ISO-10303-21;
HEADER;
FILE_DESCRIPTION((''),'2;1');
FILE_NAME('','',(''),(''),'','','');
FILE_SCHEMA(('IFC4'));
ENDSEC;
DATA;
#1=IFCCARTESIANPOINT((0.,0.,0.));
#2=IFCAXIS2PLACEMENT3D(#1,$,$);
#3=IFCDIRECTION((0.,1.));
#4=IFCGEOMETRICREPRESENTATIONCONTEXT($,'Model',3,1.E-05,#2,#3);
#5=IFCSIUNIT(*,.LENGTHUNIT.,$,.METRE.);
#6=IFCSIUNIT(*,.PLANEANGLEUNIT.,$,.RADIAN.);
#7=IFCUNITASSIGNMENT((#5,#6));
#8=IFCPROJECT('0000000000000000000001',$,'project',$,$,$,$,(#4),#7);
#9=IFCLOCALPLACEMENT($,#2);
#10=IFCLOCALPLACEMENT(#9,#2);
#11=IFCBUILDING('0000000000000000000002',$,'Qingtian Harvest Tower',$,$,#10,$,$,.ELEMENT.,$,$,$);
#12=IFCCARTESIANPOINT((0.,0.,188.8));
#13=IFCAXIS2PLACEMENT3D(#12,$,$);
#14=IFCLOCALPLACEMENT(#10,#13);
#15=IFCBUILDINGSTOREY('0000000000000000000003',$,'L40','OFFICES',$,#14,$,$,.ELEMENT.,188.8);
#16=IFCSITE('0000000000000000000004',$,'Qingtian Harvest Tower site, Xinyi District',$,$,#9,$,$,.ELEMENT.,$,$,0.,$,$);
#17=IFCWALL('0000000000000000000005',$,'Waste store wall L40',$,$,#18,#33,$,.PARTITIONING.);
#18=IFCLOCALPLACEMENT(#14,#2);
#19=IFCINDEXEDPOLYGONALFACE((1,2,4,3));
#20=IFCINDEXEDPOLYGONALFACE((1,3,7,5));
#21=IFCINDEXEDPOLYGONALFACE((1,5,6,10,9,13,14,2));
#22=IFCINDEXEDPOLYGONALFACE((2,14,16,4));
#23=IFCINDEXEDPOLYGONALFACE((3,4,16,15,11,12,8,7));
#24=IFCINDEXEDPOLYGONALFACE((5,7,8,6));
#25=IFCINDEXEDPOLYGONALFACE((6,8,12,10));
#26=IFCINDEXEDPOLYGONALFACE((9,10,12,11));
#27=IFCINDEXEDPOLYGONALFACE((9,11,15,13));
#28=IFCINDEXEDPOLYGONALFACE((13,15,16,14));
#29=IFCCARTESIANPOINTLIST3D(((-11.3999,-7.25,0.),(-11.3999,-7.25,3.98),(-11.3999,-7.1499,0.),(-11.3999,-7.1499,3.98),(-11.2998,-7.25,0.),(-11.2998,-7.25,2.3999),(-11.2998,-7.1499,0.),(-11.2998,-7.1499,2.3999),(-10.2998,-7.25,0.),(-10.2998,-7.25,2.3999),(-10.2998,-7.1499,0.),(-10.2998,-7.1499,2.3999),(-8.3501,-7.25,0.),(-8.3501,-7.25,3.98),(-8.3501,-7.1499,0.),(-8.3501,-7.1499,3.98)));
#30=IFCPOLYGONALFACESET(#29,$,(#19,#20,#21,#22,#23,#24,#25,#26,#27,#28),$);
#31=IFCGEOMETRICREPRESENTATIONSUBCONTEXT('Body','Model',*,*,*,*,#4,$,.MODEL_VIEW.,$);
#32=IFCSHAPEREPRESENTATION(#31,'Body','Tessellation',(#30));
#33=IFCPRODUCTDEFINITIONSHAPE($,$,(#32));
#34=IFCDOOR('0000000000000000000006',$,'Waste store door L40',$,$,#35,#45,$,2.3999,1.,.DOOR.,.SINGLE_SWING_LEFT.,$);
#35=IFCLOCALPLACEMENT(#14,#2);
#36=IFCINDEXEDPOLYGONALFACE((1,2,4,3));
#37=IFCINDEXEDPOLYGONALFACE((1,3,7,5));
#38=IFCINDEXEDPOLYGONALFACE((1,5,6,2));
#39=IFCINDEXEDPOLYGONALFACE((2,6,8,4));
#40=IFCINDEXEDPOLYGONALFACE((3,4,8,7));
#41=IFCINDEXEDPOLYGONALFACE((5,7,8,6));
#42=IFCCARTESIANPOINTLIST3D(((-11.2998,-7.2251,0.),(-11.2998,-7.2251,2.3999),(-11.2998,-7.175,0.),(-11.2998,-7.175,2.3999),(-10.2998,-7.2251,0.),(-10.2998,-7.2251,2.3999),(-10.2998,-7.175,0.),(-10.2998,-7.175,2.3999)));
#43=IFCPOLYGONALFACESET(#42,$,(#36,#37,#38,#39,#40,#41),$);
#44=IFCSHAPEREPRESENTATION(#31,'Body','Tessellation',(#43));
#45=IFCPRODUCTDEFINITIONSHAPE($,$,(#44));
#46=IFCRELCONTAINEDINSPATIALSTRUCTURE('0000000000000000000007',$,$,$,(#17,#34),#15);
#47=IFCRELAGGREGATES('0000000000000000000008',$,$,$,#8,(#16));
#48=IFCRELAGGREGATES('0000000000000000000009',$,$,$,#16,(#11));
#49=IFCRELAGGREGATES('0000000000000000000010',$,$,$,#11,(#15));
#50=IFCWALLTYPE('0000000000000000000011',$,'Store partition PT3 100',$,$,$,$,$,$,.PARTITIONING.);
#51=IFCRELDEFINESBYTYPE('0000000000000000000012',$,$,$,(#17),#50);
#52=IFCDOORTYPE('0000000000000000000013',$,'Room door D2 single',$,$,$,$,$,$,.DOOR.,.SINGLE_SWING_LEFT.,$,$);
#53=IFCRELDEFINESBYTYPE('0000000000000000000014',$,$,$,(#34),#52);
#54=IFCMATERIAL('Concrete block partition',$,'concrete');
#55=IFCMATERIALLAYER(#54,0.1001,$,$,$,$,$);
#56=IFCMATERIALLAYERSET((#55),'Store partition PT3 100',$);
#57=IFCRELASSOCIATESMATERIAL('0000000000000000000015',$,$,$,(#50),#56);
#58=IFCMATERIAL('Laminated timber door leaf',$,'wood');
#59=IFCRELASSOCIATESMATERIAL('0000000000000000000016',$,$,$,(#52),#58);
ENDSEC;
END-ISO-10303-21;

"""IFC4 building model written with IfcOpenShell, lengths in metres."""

from ifc_helpers import new_model, si_unit, direction, frame, frame_2d, origin, place, context, subcontext, project, spatial, rectangle, extrude, material, layer, layer_set, type_object, element, fill, save


model = new_model("IFC4")

# Units and contexts
model_context = context("Model", 3, precision=1e-05, world=origin(), true_north=direction((0.0, 1.0)))
body_context = subcontext(model_context, "Body", "Model", "MODEL_VIEW")
ifc_project = project(units=[si_unit("LENGTHUNIT", "METRE"), si_unit("PLANEANGLEUNIT", "RADIAN")], contexts=[model_context])

# Site, building, storey
site_placement = place(None, origin())
site = spatial("IfcSite", under=ifc_project, at=site_placement, Name="Qingtian Harvest Tower site, Xinyi District", CompositionType="ELEMENT", RefElevation=0.0)
building_placement = place(site_placement, origin())
building = spatial("IfcBuilding", under=site, at=building_placement, Name="Qingtian Harvest Tower", CompositionType="ELEMENT")
storey_placement = place(building_placement, frame((0.0, 0.0, 188.8)))
storey = spatial("IfcBuildingStorey", under=building, at=storey_placement, Name="L40", Description="OFFICES", CompositionType="ELEMENT", Elevation=188.8)

# Wall, opening, door
ifc_material_1 = material(Name="Concrete block partition", Category="concrete")
ifc_layer_1 = layer(ifc_material_1, 0.1001)
ifc_layer_set_1 = layer_set([ifc_layer_1], Name="Store partition PT3 100")
wall_type_1 = type_object("IfcWallType", Name="Store partition PT3 100", PredefinedType="PARTITIONING", material=ifc_layer_set_1)
wall_1_placement = place(storey_placement, frame((-11.3999, -7.2, 0.0), z_axis=(0.0, 0.0, 1.0), x_axis=(1.0, 0.0, 0.0)))
wall_1 = element("IfcWall", 1, at=wall_1_placement, inside=storey, type_object=wall_type_1, Name="Waste store wall L40", PredefinedType="PARTITIONING", context=body_context, shape_type="SweptSolid", body=[
    extrude(rectangle(XDim=3.0498, YDim=0.1001, at=frame_2d((1.5249, 0.0))), origin(), (0.0, 0.0, 1.0), 3.98),
])
opening_1_placement = place(wall_1_placement, frame((0.1001, 0.0, 0.0)))
opening_1 = element("IfcOpeningElement", 2, at=opening_1_placement, cuts=wall_1, PredefinedType="OPENING", context=body_context, shape_type="SweptSolid", body=[
    extrude(rectangle(XDim=1.0, YDim=2.3999, at=frame_2d((0.5, 1.2))), frame((0.0, 0.0601, 0.0), z_axis=(0.0, -1.0, 0.0), x_axis=(1.0, 0.0, 0.0)), (0.0, 0.0, 1.0), 0.1201),
])
ifc_material_2 = material(Name="Laminated timber door leaf", Category="wood")
door_type_1 = type_object("IfcDoorType", Name="Room door D2 single", OperationType="SINGLE_SWING_LEFT", PredefinedType="DOOR", material=ifc_material_2)
door_1_placement = place(opening_1_placement, origin())
door_1 = element("IfcDoor", 3, at=door_1_placement, inside=storey, type_object=door_type_1, Name="Waste store door L40", OperationType="SINGLE_SWING_LEFT", OverallHeight=2.3999, OverallWidth=1.0, PredefinedType="DOOR", context=body_context, shape_type="SweptSolid", body=[
    extrude(rectangle(XDim=1.0, YDim=2.3999, at=frame_2d((0.5, 1.2))), frame((0.0, 0.0249, 0.0), z_axis=(0.0, -1.0, 0.0), x_axis=(1.0, 0.0, 0.0)), (0.0, 0.0, 1.0), 0.05),
])
fill(opening_1, door_1)

save(model, "model.ifc")
